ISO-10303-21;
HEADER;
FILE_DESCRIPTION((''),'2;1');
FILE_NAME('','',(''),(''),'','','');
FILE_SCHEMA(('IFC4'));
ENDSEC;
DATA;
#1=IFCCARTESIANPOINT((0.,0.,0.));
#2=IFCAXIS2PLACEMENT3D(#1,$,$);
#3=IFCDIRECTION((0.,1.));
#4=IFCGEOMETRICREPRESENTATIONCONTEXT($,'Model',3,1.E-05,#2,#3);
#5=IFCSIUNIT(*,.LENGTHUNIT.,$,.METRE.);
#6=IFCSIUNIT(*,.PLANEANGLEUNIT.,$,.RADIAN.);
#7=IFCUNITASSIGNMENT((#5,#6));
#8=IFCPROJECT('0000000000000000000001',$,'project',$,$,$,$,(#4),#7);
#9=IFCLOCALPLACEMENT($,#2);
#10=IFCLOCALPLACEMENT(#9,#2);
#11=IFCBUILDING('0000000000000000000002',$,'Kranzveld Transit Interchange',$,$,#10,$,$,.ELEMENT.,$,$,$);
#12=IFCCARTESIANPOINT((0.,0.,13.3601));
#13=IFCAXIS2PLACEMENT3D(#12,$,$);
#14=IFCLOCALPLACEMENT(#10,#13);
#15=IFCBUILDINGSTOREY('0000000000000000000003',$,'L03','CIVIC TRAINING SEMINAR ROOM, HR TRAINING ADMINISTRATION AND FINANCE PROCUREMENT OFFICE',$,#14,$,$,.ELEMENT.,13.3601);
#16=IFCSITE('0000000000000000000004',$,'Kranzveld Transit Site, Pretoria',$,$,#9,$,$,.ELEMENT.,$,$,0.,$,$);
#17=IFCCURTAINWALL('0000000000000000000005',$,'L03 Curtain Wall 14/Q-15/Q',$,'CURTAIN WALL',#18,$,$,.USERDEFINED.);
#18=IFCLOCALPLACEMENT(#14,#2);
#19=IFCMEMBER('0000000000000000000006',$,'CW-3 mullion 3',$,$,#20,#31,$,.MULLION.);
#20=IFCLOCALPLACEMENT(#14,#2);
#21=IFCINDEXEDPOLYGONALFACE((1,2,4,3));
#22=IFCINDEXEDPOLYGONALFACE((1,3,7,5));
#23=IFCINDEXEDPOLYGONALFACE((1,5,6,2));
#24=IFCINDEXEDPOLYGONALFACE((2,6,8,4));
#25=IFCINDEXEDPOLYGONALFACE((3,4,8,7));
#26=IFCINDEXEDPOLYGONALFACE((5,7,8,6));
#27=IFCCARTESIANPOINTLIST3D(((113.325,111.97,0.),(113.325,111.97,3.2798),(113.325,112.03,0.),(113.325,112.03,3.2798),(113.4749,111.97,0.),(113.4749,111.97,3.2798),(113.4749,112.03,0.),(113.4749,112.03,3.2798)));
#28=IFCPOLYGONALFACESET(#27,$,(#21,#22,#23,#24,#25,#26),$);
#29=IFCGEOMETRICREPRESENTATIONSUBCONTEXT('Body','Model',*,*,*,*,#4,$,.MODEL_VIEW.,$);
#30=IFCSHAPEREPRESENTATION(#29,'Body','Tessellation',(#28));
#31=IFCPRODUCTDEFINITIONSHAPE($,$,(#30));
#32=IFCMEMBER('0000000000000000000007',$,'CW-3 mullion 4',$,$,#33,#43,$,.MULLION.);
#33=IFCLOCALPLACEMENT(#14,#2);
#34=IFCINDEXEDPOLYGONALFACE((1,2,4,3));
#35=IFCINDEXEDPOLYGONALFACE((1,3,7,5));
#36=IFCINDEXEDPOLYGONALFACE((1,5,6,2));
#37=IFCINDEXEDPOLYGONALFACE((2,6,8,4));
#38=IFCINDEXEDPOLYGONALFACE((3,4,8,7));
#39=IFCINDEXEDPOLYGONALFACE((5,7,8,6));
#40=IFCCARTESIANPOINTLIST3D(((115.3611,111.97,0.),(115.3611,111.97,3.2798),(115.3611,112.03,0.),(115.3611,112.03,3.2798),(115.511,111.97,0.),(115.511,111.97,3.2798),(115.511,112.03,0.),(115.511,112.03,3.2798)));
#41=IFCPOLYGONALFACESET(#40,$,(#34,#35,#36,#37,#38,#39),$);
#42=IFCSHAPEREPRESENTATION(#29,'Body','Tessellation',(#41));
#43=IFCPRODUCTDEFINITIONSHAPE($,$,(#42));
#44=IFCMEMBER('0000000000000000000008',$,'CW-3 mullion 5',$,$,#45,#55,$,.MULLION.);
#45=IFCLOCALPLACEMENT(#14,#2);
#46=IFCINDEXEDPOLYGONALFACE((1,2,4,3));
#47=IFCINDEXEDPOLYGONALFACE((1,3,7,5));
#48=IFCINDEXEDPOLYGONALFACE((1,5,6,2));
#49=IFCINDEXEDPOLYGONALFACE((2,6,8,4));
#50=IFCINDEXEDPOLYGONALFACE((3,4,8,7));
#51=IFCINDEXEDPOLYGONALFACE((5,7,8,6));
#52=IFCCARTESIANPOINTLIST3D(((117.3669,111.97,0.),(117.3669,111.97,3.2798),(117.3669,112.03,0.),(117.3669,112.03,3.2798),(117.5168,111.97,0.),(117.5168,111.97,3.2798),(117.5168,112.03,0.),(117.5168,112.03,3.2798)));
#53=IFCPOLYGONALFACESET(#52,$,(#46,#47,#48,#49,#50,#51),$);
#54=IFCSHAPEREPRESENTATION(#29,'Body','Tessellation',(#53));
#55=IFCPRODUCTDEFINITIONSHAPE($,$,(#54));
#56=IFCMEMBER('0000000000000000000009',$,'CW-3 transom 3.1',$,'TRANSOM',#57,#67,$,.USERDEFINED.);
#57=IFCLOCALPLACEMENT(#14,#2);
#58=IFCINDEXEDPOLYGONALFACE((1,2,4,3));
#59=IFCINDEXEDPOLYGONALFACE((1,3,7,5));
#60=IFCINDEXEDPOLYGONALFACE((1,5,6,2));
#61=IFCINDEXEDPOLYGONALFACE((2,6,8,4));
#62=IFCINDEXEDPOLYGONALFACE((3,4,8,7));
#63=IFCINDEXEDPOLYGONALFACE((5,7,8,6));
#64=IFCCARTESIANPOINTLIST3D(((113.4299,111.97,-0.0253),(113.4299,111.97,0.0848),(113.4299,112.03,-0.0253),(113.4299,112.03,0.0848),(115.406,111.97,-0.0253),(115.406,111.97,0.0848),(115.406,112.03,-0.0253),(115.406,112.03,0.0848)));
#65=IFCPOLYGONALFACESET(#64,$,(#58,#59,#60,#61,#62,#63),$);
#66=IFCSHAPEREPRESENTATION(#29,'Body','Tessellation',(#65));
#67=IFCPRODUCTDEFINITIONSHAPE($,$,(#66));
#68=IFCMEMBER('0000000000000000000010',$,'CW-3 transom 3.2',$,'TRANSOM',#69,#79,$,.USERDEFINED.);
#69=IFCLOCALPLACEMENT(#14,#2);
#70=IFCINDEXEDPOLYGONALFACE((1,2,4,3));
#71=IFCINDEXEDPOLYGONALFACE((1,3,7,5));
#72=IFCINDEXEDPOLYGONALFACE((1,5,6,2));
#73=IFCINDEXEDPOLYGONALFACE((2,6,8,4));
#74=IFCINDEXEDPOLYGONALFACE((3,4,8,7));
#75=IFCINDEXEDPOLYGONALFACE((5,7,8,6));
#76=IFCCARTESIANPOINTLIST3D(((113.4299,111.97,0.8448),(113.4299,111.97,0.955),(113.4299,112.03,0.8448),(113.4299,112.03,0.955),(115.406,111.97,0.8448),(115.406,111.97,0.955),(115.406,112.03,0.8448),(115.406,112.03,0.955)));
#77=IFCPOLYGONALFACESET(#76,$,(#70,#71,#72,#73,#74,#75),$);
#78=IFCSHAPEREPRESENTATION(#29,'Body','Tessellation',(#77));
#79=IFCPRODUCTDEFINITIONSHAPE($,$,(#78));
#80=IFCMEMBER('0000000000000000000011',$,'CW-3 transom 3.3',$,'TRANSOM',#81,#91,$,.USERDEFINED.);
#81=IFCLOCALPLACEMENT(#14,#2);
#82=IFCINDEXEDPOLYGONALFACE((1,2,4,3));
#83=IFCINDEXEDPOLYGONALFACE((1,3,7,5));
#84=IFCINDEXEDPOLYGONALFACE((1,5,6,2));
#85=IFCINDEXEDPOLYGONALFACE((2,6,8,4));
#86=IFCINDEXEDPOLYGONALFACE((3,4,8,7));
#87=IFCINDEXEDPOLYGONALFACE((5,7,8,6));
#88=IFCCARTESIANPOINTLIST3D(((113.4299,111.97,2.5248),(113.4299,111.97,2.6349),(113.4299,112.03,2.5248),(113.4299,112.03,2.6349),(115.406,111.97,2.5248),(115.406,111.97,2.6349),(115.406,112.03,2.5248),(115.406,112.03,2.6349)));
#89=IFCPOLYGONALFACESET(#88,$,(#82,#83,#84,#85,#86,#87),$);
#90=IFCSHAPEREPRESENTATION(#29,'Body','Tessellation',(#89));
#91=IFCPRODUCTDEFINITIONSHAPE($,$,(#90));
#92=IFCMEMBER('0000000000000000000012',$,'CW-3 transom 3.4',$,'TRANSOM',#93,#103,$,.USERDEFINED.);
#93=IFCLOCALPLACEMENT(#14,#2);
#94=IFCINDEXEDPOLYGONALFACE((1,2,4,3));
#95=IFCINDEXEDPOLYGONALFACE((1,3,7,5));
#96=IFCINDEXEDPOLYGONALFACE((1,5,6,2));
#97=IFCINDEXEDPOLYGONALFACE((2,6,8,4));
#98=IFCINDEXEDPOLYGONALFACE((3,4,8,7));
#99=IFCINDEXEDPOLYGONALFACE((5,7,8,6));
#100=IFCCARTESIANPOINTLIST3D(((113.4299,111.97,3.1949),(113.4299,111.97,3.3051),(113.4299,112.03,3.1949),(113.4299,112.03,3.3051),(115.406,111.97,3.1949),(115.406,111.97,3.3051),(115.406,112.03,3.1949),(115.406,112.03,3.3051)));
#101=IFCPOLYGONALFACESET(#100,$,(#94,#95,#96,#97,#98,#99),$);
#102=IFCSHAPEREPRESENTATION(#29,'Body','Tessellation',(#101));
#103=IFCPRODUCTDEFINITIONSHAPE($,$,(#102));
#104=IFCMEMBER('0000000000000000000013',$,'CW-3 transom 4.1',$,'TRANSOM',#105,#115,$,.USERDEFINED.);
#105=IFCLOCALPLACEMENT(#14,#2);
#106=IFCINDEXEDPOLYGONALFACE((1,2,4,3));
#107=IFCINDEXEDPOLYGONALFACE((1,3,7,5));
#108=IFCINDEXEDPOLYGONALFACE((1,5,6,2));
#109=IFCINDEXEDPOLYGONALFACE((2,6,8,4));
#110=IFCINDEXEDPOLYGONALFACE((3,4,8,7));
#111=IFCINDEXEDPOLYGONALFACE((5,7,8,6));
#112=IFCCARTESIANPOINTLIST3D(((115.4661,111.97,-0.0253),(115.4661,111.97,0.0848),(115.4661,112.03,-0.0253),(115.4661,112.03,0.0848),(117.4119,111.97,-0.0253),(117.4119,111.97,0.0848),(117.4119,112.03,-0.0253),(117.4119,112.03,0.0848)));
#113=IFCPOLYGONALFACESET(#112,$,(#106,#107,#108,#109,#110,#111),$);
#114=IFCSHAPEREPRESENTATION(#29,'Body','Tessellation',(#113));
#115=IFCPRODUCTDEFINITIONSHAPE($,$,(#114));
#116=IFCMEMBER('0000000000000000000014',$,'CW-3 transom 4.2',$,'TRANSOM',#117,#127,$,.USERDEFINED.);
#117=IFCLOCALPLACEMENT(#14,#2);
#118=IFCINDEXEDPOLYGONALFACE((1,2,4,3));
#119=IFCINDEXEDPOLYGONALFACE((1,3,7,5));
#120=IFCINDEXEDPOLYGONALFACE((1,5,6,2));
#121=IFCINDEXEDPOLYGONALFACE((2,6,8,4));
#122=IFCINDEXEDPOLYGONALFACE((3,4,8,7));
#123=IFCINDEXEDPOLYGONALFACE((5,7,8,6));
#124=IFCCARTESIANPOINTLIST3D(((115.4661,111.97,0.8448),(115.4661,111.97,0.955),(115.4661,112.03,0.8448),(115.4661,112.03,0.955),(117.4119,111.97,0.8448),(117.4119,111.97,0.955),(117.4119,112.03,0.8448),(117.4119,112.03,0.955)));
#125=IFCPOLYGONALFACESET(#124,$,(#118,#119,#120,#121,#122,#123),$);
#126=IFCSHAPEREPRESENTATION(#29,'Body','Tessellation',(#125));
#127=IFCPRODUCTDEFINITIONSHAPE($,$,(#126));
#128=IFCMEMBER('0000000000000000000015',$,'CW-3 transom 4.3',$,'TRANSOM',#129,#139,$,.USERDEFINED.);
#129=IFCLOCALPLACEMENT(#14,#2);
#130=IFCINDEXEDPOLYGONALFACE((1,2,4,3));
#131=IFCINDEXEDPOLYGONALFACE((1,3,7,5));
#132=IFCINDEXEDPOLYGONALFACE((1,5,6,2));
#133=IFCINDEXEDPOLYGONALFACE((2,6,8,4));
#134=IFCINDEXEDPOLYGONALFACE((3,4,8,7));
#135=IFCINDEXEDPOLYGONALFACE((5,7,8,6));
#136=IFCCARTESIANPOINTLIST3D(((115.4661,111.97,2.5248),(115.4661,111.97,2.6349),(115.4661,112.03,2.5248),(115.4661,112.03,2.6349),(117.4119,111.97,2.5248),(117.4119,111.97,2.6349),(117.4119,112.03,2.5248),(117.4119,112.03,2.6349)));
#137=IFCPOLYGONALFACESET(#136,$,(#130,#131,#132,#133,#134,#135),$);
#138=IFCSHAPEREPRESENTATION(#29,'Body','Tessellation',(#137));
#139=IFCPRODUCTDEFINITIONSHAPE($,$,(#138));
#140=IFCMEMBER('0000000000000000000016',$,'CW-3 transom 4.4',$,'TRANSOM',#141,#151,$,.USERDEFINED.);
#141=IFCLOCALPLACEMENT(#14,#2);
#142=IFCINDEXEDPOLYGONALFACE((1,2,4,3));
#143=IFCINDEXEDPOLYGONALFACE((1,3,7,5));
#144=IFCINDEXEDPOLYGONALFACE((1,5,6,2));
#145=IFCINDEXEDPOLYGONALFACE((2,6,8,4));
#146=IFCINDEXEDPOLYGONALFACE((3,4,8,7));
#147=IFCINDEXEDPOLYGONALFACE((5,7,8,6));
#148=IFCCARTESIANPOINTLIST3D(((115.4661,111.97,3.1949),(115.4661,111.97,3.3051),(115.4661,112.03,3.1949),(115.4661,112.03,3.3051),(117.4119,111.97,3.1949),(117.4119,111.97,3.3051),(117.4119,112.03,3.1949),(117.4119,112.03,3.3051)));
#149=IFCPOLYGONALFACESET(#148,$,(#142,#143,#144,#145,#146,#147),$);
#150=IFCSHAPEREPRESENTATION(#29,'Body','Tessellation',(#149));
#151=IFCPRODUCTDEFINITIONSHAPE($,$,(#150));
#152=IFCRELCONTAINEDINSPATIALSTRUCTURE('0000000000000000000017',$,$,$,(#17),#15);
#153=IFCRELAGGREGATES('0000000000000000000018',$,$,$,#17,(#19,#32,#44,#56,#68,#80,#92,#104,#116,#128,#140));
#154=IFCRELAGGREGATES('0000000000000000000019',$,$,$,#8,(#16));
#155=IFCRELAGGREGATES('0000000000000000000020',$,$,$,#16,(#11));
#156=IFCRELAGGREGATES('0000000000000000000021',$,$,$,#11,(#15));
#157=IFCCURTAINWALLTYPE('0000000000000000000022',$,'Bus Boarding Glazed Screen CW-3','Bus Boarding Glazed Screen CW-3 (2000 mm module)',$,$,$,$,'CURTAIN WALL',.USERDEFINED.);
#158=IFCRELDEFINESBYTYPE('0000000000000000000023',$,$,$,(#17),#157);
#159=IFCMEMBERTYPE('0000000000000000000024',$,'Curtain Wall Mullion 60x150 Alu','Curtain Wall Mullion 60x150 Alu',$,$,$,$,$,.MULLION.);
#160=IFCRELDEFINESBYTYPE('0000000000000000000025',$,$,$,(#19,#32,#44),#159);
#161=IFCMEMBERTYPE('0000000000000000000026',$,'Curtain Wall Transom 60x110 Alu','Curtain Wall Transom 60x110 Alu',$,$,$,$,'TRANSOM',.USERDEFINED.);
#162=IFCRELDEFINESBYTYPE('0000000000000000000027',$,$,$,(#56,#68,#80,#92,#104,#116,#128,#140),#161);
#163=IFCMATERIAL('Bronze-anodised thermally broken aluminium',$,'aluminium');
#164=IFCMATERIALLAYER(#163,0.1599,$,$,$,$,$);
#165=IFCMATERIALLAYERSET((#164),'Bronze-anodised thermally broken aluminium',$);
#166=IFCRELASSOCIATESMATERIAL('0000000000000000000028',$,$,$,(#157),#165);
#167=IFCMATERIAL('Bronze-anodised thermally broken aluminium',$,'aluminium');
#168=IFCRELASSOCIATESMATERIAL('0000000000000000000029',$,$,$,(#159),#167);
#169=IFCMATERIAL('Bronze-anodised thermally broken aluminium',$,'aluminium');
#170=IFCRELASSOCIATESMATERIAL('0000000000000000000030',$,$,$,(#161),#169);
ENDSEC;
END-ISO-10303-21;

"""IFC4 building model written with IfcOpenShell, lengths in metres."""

from ifc_helpers import new_model, si_unit, direction, frame, origin, origin_2d, place, context, subcontext, project, spatial, rectangle, extrude, material, layer, layer_set, material_profile, profile_set, type_object, element, aggregate, save


model = new_model("IFC4")

# Units and contexts
model_context = context("Model", 3, precision=1e-05, world=origin(), true_north=direction((0.0, 1.0)))
body_context = subcontext(model_context, "Body", "Model", "MODEL_VIEW")
ifc_project = project(units=[si_unit("LENGTHUNIT", "METRE"), si_unit("PLANEANGLEUNIT", "RADIAN")], contexts=[model_context])

# Site, building, storey
site_placement = place(None, origin())
site = spatial("IfcSite", under=ifc_project, at=site_placement, Name="Kranzveld Transit Site, Pretoria", CompositionType="ELEMENT", RefElevation=0.0)
building_placement = place(site_placement, origin())
building = spatial("IfcBuilding", under=site, at=building_placement, Name="Kranzveld Transit Interchange", CompositionType="ELEMENT")
storey_placement = place(building_placement, frame((0.0, 0.0, 13.3601)))
storey = spatial("IfcBuildingStorey", under=building, at=storey_placement, Name="L03", Description="CIVIC TRAINING SEMINAR ROOM, HR TRAINING ADMINISTRATION AND FINANCE PROCUREMENT OFFICE", CompositionType="ELEMENT", Elevation=13.3601)

# Curtain wall, members
ifc_material_1 = material(Name="Bronze-anodised thermally broken aluminium", Category="aluminium")
ifc_layer_1 = layer(ifc_material_1, 0.1599)
ifc_layer_set_1 = layer_set([ifc_layer_1], Name="Bronze-anodised thermally broken aluminium")
curtain_wall_type = type_object("IfcCurtainWallType", Name="Bus Boarding Glazed Screen CW-3", Description="Bus Boarding Glazed Screen CW-3 (2000 mm module)", ElementType="CURTAIN WALL", PredefinedType="USERDEFINED", material=ifc_layer_set_1)
curtain_wall_placement = place(storey_placement, origin())
curtain_wall = element("IfcCurtainWall", 1, at=curtain_wall_placement, inside=storey, type_object=curtain_wall_type, Name="L03 Curtain Wall 14/Q-15/Q", ObjectType="CURTAIN WALL", PredefinedType="USERDEFINED")
ifc_material_2 = material(Name="Bronze-anodised thermally broken aluminium", Category="aluminium")
ifc_material_profile_1 = material_profile(ifc_material_2, rectangle(XDim=0.0601, YDim=0.1499, at=origin_2d()), Name="ALU MULLION 60x150")
ifc_profile_set_1 = profile_set([ifc_material_profile_1], Name="Bronze-anodised thermally broken aluminium")
member_type_1 = type_object("IfcMemberType", Name="Curtain Wall Mullion 60x150 Alu", Description="Curtain Wall Mullion 60x150 Alu", PredefinedType="MULLION", material=ifc_profile_set_1)
member_1_placement = place(storey_placement, frame((113.3999, 112.0, 0.0), z_axis=(0.0, 0.0, 1.0), x_axis=(0.0, 1.0, 0.0)))
member_1 = element("IfcMember", 2, at=member_1_placement, type_object=member_type_1, Name="CW-3 mullion 3", PredefinedType="MULLION", context=body_context, shape_type="SweptSolid", body=[
    extrude(rectangle(XDim=0.0601, YDim=0.1499, at=origin_2d()), origin(), (0.0, 0.0, 1.0), 3.2798),
])
member_2_placement = place(storey_placement, frame((115.436, 112.0, 0.0), z_axis=(0.0, 0.0, 1.0), x_axis=(0.0, 1.0, 0.0)))
member_2 = element("IfcMember", 3, at=member_2_placement, type_object=member_type_1, Name="CW-3 mullion 4", PredefinedType="MULLION", context=body_context, shape_type="SweptSolid", body=[
    extrude(rectangle(XDim=0.0601, YDim=0.1499, at=origin_2d()), origin(), (0.0, 0.0, 1.0), 3.2798),
])
member_3_placement = place(storey_placement, frame((117.4419, 112.0, 0.0), z_axis=(0.0, 0.0, 1.0), x_axis=(0.0, 1.0, 0.0)))
member_3 = element("IfcMember", 4, at=member_3_placement, type_object=member_type_1, Name="CW-3 mullion 5", PredefinedType="MULLION", context=body_context, shape_type="SweptSolid", body=[
    extrude(rectangle(XDim=0.0601, YDim=0.1499, at=origin_2d()), origin(), (0.0, 0.0, 1.0), 3.2798),
])
ifc_material_3 = material(Name="Bronze-anodised thermally broken aluminium", Category="aluminium")
ifc_material_profile_2 = material_profile(ifc_material_3, rectangle(XDim=0.0601, YDim=0.1101, at=origin_2d()), Name="ALU TRANSOM 60x110")
ifc_profile_set_2 = profile_set([ifc_material_profile_2], Name="Bronze-anodised thermally broken aluminium")
member_type_2 = type_object("IfcMemberType", Name="Curtain Wall Transom 60x110 Alu", Description="Curtain Wall Transom 60x110 Alu", ElementType="TRANSOM", PredefinedType="USERDEFINED", material=ifc_profile_set_2)
member_4_placement = place(storey_placement, frame((113.4299, 112.0, 0.0298), z_axis=(1.0, 0.0, 0.0), x_axis=(0.0, 1.0, 0.0)))
member_4 = element("IfcMember", 5, at=member_4_placement, type_object=member_type_2, Name="CW-3 transom 3.1", ObjectType="TRANSOM", PredefinedType="USERDEFINED", context=body_context, shape_type="SweptSolid", body=[
    extrude(rectangle(XDim=0.0601, YDim=0.1101, at=origin_2d()), origin(), (0.0, 0.0, 1.0), 1.9761),
])
member_5_placement = place(storey_placement, frame((113.4299, 112.0, 0.8999), z_axis=(1.0, 0.0, 0.0), x_axis=(0.0, 1.0, 0.0)))
member_5 = element("IfcMember", 6, at=member_5_placement, type_object=member_type_2, Name="CW-3 transom 3.2", ObjectType="TRANSOM", PredefinedType="USERDEFINED", context=body_context, shape_type="SweptSolid", body=[
    extrude(rectangle(XDim=0.0601, YDim=0.1101, at=origin_2d()), origin(), (0.0, 0.0, 1.0), 1.9761),
])
member_6_placement = place(storey_placement, frame((113.4299, 112.0, 2.5798), z_axis=(1.0, 0.0, 0.0), x_axis=(0.0, 1.0, 0.0)))
member_6 = element("IfcMember", 7, at=member_6_placement, type_object=member_type_2, Name="CW-3 transom 3.3", ObjectType="TRANSOM", PredefinedType="USERDEFINED", context=body_context, shape_type="SweptSolid", body=[
    extrude(rectangle(XDim=0.0601, YDim=0.1101, at=origin_2d()), origin(), (0.0, 0.0, 1.0), 1.9761),
])
member_7_placement = place(storey_placement, frame((113.4299, 112.0, 3.25), z_axis=(1.0, 0.0, 0.0), x_axis=(0.0, 1.0, 0.0)))
member_7 = element("IfcMember", 8, at=member_7_placement, type_object=member_type_2, Name="CW-3 transom 3.4", ObjectType="TRANSOM", PredefinedType="USERDEFINED", context=body_context, shape_type="SweptSolid", body=[
    extrude(rectangle(XDim=0.0601, YDim=0.1101, at=origin_2d()), origin(), (0.0, 0.0, 1.0), 1.9761),
])
member_8_placement = place(storey_placement, frame((115.4661, 112.0, 0.0298), z_axis=(1.0, 0.0, 0.0), x_axis=(0.0, 1.0, 0.0)))
member_8 = element("IfcMember", 9, at=member_8_placement, type_object=member_type_2, Name="CW-3 transom 4.1", ObjectType="TRANSOM", PredefinedType="USERDEFINED", context=body_context, shape_type="SweptSolid", body=[
    extrude(rectangle(XDim=0.0601, YDim=0.1101, at=origin_2d()), origin(), (0.0, 0.0, 1.0), 1.9458),
])
member_9_placement = place(storey_placement, frame((115.4661, 112.0, 0.8999), z_axis=(1.0, 0.0, 0.0), x_axis=(0.0, 1.0, 0.0)))
member_9 = element("IfcMember", 10, at=member_9_placement, type_object=member_type_2, Name="CW-3 transom 4.2", ObjectType="TRANSOM", PredefinedType="USERDEFINED", context=body_context, shape_type="SweptSolid", body=[
    extrude(rectangle(XDim=0.0601, YDim=0.1101, at=origin_2d()), origin(), (0.0, 0.0, 1.0), 1.9458),
])
member_10_placement = place(storey_placement, frame((115.4661, 112.0, 2.5798), z_axis=(1.0, 0.0, 0.0), x_axis=(0.0, 1.0, 0.0)))
member_10 = element("IfcMember", 11, at=member_10_placement, type_object=member_type_2, Name="CW-3 transom 4.3", ObjectType="TRANSOM", PredefinedType="USERDEFINED", context=body_context, shape_type="SweptSolid", body=[
    extrude(rectangle(XDim=0.0601, YDim=0.1101, at=origin_2d()), origin(), (0.0, 0.0, 1.0), 1.9458),
])
member_11_placement = place(storey_placement, frame((115.4661, 112.0, 3.25), z_axis=(1.0, 0.0, 0.0), x_axis=(0.0, 1.0, 0.0)))
member_11 = element("IfcMember", 12, at=member_11_placement, type_object=member_type_2, Name="CW-3 transom 4.4", ObjectType="TRANSOM", PredefinedType="USERDEFINED", context=body_context, shape_type="SweptSolid", body=[
    extrude(rectangle(XDim=0.0601, YDim=0.1101, at=origin_2d()), origin(), (0.0, 0.0, 1.0), 1.9458),
])

aggregate(curtain_wall, [member_1, member_2, member_3, member_4, member_5, member_6, member_7, member_8, member_9, member_10, member_11])

save(model, "model.ifc")
